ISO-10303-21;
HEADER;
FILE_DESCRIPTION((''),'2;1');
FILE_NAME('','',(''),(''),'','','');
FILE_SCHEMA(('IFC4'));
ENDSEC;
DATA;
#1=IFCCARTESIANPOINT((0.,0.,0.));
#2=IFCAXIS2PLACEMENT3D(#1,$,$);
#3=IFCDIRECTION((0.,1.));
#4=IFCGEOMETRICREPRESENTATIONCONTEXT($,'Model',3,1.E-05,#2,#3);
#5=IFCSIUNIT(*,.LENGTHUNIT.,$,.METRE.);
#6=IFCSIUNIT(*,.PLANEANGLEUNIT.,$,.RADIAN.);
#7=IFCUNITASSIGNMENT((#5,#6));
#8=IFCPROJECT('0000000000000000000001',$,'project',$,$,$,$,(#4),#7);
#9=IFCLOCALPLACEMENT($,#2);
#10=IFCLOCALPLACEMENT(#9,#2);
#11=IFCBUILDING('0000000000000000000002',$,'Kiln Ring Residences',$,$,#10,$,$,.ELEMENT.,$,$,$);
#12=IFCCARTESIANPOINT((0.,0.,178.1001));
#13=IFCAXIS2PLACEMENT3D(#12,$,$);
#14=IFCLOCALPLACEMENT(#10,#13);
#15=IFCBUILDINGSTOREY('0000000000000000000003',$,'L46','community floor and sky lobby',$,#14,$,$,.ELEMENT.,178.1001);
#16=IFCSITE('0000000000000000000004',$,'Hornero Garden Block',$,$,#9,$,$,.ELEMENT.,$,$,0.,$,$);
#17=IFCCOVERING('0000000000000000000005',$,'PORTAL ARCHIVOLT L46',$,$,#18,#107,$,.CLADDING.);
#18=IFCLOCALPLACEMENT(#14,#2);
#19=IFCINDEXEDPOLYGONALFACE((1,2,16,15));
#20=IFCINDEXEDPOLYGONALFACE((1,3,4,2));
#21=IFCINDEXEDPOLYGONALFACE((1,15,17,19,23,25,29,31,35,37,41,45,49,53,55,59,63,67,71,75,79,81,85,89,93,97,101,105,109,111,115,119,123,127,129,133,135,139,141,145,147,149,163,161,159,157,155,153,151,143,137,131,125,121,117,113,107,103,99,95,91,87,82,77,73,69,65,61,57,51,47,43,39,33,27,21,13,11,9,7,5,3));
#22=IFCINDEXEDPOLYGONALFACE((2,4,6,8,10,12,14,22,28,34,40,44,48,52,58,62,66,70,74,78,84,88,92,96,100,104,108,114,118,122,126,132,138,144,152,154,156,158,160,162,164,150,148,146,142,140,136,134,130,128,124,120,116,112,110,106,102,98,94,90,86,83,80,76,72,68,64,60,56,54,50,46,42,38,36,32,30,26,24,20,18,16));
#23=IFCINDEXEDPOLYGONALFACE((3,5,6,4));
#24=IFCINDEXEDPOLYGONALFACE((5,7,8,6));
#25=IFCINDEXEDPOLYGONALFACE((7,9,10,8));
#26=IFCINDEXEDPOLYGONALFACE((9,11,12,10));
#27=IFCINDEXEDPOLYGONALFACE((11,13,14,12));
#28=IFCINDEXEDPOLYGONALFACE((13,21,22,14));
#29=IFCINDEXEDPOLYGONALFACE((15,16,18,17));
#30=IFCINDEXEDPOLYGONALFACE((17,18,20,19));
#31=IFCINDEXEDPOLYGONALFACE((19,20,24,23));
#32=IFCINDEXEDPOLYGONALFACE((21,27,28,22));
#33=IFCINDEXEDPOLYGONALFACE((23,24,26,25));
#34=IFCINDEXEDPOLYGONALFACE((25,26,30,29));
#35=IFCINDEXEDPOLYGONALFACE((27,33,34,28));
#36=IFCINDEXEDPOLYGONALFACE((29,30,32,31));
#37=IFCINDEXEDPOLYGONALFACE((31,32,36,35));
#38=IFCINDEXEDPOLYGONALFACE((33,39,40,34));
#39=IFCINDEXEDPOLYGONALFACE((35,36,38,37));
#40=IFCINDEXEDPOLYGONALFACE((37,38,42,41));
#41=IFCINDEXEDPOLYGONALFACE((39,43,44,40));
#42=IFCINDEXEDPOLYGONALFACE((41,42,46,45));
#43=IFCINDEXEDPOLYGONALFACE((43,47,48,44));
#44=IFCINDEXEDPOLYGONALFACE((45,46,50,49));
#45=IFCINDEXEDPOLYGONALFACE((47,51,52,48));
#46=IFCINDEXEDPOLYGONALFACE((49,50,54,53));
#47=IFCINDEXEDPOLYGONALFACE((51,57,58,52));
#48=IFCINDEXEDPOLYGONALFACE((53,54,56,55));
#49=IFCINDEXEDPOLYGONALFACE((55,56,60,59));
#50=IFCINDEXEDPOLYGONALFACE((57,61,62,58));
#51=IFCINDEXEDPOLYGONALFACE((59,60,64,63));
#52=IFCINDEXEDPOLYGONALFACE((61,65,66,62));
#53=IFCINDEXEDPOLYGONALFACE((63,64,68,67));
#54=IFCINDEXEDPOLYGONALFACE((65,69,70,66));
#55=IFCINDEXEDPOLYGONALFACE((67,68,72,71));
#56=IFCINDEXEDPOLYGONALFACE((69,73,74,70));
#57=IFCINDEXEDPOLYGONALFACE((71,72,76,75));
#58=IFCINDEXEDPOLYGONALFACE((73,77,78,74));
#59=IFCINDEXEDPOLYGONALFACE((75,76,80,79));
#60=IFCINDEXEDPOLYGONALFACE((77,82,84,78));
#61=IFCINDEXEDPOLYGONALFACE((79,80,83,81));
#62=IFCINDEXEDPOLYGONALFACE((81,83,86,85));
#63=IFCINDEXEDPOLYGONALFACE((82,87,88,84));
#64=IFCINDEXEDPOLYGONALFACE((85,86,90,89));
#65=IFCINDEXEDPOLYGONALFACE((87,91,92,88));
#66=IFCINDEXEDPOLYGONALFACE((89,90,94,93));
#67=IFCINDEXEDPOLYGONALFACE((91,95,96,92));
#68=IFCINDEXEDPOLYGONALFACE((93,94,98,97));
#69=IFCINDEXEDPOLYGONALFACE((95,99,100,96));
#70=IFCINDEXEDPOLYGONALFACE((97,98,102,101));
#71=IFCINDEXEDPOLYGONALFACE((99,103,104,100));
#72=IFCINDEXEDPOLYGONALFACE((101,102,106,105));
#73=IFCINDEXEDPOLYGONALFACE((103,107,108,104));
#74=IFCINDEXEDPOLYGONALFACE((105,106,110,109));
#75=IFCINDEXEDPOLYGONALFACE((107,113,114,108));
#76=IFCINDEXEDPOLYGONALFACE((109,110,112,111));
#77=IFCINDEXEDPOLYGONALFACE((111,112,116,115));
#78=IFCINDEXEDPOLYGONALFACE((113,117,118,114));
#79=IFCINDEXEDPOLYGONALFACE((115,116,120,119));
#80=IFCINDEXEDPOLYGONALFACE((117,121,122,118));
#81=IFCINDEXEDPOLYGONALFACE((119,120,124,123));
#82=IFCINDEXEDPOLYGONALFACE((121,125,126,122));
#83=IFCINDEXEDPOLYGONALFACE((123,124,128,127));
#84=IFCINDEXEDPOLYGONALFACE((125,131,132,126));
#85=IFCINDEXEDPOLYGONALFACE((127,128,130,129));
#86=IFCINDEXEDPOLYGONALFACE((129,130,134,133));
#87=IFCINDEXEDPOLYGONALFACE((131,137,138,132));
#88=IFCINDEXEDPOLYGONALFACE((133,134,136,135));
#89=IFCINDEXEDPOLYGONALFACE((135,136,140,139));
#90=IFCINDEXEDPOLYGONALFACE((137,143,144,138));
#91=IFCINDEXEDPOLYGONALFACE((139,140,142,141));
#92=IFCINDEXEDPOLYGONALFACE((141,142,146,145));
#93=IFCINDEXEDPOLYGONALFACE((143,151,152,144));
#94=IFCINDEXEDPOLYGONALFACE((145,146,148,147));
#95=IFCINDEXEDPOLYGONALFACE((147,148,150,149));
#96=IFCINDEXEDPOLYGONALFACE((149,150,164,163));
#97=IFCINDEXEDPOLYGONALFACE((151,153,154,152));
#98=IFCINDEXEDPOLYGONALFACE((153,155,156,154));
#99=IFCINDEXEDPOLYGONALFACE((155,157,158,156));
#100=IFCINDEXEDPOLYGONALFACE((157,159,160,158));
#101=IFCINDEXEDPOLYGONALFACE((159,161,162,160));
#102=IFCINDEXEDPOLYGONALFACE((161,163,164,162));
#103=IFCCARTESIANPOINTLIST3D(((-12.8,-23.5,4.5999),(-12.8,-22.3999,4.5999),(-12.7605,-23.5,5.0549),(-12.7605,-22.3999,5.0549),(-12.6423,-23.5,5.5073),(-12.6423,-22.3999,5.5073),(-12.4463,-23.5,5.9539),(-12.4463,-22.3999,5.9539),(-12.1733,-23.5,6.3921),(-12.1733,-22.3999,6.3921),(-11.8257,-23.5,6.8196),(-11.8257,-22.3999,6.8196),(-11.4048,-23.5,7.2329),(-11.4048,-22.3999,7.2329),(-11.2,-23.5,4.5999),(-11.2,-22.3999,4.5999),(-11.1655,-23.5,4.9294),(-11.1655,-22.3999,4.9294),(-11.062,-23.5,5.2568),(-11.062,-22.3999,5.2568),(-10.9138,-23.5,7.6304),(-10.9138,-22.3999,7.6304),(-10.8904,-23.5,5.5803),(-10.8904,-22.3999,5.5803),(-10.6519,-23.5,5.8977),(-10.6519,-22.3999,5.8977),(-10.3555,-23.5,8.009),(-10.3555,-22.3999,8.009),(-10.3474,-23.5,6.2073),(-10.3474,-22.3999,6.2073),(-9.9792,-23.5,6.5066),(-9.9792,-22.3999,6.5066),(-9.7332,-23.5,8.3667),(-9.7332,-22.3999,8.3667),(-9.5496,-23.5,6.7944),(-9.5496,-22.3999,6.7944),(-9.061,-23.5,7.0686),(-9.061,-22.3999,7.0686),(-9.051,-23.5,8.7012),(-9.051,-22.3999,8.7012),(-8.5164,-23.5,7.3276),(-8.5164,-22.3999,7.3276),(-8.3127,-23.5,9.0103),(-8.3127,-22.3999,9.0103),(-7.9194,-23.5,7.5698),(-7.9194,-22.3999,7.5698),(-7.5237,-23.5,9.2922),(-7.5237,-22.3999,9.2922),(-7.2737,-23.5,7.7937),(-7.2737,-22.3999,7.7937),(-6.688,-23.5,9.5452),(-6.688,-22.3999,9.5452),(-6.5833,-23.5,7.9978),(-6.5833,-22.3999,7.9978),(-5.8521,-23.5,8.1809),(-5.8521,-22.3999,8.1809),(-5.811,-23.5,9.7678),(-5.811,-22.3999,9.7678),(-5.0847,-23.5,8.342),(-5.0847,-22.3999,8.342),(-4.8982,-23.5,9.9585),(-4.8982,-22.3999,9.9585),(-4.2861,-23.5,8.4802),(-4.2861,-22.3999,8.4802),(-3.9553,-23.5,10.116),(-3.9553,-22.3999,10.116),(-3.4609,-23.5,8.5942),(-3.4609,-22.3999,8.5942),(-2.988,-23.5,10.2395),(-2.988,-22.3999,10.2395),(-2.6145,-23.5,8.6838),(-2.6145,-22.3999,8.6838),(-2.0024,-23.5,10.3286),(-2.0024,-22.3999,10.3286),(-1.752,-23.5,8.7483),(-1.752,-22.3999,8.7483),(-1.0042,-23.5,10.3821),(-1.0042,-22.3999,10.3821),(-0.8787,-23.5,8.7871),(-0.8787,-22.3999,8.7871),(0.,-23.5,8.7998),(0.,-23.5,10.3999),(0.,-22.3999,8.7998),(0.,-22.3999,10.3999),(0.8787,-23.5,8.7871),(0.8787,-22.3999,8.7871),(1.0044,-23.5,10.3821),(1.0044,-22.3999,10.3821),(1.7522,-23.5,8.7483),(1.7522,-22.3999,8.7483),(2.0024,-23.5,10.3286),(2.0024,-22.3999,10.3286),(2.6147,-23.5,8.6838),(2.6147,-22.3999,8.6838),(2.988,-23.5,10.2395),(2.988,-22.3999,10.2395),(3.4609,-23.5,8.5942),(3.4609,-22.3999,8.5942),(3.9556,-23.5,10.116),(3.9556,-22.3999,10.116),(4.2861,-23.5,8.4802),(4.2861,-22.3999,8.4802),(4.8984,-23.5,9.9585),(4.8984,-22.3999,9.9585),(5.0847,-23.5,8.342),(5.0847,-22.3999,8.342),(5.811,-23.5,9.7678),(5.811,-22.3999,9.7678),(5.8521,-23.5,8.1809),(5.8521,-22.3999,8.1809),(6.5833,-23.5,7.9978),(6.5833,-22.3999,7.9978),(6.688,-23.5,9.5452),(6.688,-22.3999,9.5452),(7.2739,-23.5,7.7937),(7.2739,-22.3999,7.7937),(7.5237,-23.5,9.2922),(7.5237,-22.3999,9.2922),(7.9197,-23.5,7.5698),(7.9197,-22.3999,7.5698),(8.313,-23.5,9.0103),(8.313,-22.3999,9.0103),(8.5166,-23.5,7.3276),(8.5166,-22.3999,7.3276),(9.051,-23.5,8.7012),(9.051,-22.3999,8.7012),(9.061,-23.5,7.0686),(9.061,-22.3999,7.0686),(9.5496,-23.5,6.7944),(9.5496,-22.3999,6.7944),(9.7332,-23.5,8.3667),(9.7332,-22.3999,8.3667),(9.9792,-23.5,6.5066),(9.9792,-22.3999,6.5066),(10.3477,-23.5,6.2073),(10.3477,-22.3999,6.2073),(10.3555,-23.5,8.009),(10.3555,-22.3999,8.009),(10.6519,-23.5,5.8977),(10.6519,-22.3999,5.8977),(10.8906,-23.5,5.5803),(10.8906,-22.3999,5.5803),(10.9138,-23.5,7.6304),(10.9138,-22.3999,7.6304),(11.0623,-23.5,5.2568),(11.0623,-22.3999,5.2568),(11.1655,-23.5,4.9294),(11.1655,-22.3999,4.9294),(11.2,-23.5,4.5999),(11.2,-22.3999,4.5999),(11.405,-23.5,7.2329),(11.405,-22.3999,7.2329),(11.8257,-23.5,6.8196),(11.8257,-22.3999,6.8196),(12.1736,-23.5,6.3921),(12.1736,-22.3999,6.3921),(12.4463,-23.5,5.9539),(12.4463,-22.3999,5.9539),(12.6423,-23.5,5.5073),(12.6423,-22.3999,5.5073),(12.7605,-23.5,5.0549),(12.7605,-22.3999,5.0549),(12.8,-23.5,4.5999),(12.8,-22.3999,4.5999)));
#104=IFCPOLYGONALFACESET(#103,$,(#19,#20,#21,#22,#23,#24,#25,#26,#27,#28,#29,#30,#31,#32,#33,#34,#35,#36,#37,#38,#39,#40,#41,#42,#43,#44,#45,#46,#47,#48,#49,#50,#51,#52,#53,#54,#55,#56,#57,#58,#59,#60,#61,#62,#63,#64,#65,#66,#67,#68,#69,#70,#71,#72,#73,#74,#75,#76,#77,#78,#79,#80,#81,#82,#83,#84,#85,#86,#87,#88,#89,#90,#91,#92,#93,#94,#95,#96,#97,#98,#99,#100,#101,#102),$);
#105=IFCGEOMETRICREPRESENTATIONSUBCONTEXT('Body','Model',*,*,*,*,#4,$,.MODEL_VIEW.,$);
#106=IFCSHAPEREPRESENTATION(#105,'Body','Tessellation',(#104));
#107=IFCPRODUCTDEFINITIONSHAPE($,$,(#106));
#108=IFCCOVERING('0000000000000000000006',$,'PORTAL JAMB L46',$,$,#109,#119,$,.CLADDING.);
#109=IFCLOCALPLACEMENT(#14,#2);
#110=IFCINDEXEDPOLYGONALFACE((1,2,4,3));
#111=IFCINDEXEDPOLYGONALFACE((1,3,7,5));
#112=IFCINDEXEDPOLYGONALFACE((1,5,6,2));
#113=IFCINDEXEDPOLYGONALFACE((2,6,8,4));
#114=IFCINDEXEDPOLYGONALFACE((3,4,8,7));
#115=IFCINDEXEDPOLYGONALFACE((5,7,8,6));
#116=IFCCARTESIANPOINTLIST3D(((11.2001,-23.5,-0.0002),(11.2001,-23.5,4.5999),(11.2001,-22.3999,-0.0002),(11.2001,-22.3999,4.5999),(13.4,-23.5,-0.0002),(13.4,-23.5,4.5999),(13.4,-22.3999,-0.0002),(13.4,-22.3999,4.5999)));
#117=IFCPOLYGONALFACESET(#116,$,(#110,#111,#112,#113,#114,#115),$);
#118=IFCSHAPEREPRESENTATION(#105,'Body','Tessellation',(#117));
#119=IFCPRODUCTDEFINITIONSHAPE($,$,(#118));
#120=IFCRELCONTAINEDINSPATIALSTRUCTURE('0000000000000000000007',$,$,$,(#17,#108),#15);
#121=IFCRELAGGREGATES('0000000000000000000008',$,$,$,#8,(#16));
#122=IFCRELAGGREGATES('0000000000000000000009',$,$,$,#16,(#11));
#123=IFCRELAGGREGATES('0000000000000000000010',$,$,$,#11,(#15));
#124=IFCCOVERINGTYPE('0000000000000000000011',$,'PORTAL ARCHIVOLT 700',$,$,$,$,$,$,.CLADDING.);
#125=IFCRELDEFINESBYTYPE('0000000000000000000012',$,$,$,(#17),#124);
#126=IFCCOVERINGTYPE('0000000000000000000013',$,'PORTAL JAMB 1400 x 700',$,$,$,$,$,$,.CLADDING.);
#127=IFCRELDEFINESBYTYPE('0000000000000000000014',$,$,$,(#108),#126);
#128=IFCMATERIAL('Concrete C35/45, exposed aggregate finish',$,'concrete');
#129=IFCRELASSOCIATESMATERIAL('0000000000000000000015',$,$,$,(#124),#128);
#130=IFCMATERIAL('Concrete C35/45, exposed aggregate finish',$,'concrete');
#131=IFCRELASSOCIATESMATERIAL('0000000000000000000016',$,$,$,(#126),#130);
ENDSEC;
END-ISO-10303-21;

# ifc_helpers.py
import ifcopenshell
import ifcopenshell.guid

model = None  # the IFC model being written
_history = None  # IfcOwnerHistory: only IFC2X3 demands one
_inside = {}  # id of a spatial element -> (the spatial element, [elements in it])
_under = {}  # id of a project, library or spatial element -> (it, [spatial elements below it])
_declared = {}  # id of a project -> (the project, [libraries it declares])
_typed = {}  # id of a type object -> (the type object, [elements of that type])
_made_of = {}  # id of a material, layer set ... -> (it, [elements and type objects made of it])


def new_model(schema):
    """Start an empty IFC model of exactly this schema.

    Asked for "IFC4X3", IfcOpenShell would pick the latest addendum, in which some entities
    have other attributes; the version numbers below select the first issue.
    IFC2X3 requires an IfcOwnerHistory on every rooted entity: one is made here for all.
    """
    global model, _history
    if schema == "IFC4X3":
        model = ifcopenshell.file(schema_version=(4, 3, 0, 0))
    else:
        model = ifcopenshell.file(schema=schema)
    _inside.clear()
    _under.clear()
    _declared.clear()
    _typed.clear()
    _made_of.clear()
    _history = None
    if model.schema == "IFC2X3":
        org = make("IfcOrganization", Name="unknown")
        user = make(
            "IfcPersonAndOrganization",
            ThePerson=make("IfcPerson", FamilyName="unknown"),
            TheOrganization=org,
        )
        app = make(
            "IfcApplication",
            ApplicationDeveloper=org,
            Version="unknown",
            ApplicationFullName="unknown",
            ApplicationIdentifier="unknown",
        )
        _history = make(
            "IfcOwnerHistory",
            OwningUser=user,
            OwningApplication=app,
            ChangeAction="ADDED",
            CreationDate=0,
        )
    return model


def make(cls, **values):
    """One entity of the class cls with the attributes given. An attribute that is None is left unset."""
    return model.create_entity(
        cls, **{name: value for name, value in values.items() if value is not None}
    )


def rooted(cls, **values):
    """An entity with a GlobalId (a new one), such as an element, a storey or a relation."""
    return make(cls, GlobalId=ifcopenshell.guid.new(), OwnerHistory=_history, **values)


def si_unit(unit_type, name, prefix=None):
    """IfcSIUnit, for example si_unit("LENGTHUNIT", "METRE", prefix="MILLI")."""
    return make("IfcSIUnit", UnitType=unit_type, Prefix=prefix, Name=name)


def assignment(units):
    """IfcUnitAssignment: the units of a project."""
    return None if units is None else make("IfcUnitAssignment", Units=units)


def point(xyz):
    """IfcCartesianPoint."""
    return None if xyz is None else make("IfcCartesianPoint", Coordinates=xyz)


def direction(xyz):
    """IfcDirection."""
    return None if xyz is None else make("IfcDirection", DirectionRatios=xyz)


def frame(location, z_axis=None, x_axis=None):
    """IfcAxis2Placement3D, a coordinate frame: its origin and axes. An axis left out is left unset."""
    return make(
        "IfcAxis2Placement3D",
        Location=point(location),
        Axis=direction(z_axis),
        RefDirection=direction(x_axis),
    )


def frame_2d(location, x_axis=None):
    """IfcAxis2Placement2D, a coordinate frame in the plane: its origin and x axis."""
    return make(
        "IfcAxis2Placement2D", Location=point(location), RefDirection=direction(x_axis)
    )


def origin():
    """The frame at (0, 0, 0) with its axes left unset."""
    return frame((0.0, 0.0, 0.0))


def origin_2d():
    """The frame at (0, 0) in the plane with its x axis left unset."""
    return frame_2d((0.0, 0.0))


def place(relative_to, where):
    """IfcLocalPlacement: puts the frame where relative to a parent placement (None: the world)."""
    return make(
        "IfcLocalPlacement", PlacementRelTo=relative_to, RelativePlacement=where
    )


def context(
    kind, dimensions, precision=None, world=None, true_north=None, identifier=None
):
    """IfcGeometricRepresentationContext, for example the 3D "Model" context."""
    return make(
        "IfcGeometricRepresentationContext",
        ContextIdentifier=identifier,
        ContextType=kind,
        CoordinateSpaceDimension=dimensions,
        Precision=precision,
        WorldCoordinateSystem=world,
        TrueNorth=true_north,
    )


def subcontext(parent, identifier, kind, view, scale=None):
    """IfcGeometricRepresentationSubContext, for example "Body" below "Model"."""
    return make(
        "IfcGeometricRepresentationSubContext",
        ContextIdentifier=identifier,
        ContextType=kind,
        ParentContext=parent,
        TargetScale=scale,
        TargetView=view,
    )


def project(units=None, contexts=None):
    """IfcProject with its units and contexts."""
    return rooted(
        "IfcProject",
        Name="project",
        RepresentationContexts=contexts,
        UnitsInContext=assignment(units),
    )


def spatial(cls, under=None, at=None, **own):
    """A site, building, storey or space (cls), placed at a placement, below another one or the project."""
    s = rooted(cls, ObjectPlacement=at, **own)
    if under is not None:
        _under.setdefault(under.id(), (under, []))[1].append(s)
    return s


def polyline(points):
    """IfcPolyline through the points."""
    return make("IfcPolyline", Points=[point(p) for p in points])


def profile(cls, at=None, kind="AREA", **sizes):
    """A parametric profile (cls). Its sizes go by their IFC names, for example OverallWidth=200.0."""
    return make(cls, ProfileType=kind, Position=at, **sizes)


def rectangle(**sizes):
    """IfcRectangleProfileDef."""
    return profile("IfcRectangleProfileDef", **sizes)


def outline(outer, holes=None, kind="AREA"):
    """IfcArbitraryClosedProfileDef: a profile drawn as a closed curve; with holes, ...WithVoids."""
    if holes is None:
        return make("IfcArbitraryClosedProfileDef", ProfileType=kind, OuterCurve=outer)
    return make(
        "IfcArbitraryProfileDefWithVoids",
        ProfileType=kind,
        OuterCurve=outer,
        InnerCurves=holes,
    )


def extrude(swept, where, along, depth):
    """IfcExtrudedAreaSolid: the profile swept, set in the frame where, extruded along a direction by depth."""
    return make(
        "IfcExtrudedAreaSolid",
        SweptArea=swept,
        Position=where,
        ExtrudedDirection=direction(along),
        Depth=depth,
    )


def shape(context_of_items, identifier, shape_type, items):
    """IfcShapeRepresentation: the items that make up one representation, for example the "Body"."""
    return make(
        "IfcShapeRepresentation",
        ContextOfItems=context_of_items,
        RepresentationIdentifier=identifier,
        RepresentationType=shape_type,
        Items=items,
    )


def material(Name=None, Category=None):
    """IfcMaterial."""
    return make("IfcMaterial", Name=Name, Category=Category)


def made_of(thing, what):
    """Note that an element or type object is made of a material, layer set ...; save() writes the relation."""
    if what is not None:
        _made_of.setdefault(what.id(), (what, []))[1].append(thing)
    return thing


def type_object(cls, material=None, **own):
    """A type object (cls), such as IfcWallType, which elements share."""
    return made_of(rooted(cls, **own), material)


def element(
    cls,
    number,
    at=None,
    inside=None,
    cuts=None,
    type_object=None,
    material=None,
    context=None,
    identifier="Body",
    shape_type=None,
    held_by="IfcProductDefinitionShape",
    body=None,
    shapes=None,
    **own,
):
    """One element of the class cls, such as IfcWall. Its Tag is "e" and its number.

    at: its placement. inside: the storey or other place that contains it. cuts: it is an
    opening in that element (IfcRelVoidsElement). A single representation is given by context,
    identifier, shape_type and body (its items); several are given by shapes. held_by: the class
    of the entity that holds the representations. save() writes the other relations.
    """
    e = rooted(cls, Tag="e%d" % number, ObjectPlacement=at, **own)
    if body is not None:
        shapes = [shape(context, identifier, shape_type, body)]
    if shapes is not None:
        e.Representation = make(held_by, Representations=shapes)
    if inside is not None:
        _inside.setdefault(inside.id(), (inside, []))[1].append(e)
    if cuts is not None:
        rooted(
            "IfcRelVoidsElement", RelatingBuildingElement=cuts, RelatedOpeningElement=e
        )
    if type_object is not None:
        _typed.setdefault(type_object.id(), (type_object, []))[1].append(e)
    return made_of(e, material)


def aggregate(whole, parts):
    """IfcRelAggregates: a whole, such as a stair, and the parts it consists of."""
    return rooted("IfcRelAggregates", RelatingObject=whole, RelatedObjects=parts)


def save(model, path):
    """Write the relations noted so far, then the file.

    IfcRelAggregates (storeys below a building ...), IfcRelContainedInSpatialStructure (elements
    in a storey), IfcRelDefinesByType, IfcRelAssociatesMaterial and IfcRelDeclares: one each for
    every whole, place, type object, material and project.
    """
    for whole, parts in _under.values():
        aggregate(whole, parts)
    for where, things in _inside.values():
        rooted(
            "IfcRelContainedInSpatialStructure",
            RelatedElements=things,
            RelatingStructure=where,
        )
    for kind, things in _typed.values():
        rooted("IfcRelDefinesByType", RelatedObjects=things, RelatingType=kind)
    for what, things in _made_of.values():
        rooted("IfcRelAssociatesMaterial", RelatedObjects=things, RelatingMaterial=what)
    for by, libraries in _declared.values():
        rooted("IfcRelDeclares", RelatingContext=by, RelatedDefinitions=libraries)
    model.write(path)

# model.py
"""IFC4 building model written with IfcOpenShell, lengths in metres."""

from ifc_helpers import new_model, si_unit, direction, frame, origin, origin_2d, place, context, subcontext, project, spatial, polyline, rectangle, outline, extrude, material, type_object, element, save


model = new_model("IFC4")

# Units and contexts
model_context = context("Model", 3, precision=1e-05, world=origin(), true_north=direction((0.0, 1.0)))
body_context = subcontext(model_context, "Body", "Model", "MODEL_VIEW")
ifc_project = project(units=[si_unit("LENGTHUNIT", "METRE"), si_unit("PLANEANGLEUNIT", "RADIAN")], contexts=[model_context])

# Site, building, storey
site_placement = place(None, origin())
site = spatial("IfcSite", under=ifc_project, at=site_placement, Name="Hornero Garden Block", CompositionType="ELEMENT", RefElevation=0.0)
building_placement = place(site_placement, origin())
building = spatial("IfcBuilding", under=site, at=building_placement, Name="Kiln Ring Residences", CompositionType="ELEMENT")
storey_placement = place(building_placement, frame((0.0, 0.0, 178.1001)))
storey = spatial("IfcBuildingStorey", under=building, at=storey_placement, Name="L46", Description="community floor and sky lobby", CompositionType="ELEMENT", Elevation=178.1001)

# Coverings
ifc_material_1 = material(Name="Concrete C35/45, exposed aggregate finish", Category="concrete")
covering_type_1 = type_object("IfcCoveringType", Name="PORTAL ARCHIVOLT 700", PredefinedType="CLADDING", material=ifc_material_1)
covering_1_placement = place(storey_placement, frame((12.8, -22.95, 4.5999), z_axis=(0.0, 0.0, 1.0), x_axis=(-1.0, 0.0, 0.0)))
element("IfcCovering", 1, at=covering_1_placement, inside=storey, type_object=covering_type_1, Name="PORTAL ARCHIVOLT L46", PredefinedType="CLADDING", context=body_context, shape_type="SweptSolid", body=[
    extrude(outline(polyline([(0.0, 0.0), (0.0396, 0.4551), (0.1577, 0.9075), (0.3538, 1.354), (0.6265, 1.7922), (0.9744, 2.2197), (1.395, 2.6331), (1.8862, 3.0305), (2.4446, 3.4092), (3.0669, 3.7668), (3.749, 4.1013), (4.4871, 4.4104), (5.2764, 4.6924), (6.1121, 4.9453), (6.989, 5.168), (7.9016, 5.3586), (8.8445, 5.5161), (9.812, 5.6396), (10.7976, 5.7288), (11.7957, 5.7822), (12.8, 5.8), (13.8042, 5.7822), (14.8025, 5.7288), (15.7881, 5.6396), (16.7554, 5.5161), (17.6982, 5.3586), (18.6111, 5.168), (19.488, 4.9453), (20.3237, 4.6924), (21.1128, 4.4104), (21.8511, 4.1013), (22.5332, 3.7668), (23.1555, 3.4092), (23.7139, 3.0305), (24.2048, 2.6331), (24.6257, 2.2197), (24.9734, 1.7922), (25.2463, 1.354), (25.4424, 0.9075), (25.5605, 0.4551), (25.6001, 0.0), (24.0, 0.0), (23.9656, 0.3296), (23.8621, 0.657), (23.6904, 0.9805), (23.4519, 1.2979), (23.1475, 1.6074), (22.7793, 1.9067), (22.3496, 2.1946), (21.8611, 2.4688), (21.3164, 2.7278), (20.7195, 2.97), (20.0737, 3.1938), (19.3833, 3.3979), (18.6521, 3.5811), (17.8848, 3.7422), (17.0862, 3.8804), (16.261, 3.9944), (15.4146, 4.084), (14.552, 4.1484), (13.6787, 4.1873), (12.8, 4.2), (11.9214, 4.1873), (11.0479, 4.1484), (10.1853, 4.084), (9.3391, 3.9944), (8.5139, 3.8804), (7.7153, 3.7422), (6.948, 3.5811), (6.2168, 3.3979), (5.5261, 3.1938), (4.8804, 2.97), (4.2834, 2.7278), (3.739, 2.4688), (3.2505, 2.1946), (2.8208, 1.9067), (2.4524, 1.6074), (2.1482, 1.2979), (1.9094, 0.9805), (1.7378, 0.657), (1.6345, 0.3296), (1.6001, 0.0), (0.0, 0.0)])), frame((0.0, 0.55, 0.0), z_axis=(0.0, -1.0, 0.0), x_axis=(1.0, 0.0, 0.0)), (0.0, 0.0, 1.0), 1.1001),
])
ifc_material_2 = material(Name="Concrete C35/45, exposed aggregate finish", Category="concrete")
covering_type_2 = type_object("IfcCoveringType", Name="PORTAL JAMB 1400 x 700", PredefinedType="CLADDING", material=ifc_material_2)
covering_2_placement = place(storey_placement, frame((12.3, -22.95, -0.0002), z_axis=(0.0, 0.0, 1.0), x_axis=(1.0, 0.0, 0.0)))
element("IfcCovering", 2, at=covering_2_placement, inside=storey, type_object=covering_type_2, Name="PORTAL JAMB L46", PredefinedType="CLADDING", context=body_context, shape_type="SweptSolid", body=[
    extrude(rectangle(XDim=2.2, YDim=1.1001, at=origin_2d()), origin(), (0.0, 0.0, 1.0), 4.6001),
])

save(model, "model.ifc")
